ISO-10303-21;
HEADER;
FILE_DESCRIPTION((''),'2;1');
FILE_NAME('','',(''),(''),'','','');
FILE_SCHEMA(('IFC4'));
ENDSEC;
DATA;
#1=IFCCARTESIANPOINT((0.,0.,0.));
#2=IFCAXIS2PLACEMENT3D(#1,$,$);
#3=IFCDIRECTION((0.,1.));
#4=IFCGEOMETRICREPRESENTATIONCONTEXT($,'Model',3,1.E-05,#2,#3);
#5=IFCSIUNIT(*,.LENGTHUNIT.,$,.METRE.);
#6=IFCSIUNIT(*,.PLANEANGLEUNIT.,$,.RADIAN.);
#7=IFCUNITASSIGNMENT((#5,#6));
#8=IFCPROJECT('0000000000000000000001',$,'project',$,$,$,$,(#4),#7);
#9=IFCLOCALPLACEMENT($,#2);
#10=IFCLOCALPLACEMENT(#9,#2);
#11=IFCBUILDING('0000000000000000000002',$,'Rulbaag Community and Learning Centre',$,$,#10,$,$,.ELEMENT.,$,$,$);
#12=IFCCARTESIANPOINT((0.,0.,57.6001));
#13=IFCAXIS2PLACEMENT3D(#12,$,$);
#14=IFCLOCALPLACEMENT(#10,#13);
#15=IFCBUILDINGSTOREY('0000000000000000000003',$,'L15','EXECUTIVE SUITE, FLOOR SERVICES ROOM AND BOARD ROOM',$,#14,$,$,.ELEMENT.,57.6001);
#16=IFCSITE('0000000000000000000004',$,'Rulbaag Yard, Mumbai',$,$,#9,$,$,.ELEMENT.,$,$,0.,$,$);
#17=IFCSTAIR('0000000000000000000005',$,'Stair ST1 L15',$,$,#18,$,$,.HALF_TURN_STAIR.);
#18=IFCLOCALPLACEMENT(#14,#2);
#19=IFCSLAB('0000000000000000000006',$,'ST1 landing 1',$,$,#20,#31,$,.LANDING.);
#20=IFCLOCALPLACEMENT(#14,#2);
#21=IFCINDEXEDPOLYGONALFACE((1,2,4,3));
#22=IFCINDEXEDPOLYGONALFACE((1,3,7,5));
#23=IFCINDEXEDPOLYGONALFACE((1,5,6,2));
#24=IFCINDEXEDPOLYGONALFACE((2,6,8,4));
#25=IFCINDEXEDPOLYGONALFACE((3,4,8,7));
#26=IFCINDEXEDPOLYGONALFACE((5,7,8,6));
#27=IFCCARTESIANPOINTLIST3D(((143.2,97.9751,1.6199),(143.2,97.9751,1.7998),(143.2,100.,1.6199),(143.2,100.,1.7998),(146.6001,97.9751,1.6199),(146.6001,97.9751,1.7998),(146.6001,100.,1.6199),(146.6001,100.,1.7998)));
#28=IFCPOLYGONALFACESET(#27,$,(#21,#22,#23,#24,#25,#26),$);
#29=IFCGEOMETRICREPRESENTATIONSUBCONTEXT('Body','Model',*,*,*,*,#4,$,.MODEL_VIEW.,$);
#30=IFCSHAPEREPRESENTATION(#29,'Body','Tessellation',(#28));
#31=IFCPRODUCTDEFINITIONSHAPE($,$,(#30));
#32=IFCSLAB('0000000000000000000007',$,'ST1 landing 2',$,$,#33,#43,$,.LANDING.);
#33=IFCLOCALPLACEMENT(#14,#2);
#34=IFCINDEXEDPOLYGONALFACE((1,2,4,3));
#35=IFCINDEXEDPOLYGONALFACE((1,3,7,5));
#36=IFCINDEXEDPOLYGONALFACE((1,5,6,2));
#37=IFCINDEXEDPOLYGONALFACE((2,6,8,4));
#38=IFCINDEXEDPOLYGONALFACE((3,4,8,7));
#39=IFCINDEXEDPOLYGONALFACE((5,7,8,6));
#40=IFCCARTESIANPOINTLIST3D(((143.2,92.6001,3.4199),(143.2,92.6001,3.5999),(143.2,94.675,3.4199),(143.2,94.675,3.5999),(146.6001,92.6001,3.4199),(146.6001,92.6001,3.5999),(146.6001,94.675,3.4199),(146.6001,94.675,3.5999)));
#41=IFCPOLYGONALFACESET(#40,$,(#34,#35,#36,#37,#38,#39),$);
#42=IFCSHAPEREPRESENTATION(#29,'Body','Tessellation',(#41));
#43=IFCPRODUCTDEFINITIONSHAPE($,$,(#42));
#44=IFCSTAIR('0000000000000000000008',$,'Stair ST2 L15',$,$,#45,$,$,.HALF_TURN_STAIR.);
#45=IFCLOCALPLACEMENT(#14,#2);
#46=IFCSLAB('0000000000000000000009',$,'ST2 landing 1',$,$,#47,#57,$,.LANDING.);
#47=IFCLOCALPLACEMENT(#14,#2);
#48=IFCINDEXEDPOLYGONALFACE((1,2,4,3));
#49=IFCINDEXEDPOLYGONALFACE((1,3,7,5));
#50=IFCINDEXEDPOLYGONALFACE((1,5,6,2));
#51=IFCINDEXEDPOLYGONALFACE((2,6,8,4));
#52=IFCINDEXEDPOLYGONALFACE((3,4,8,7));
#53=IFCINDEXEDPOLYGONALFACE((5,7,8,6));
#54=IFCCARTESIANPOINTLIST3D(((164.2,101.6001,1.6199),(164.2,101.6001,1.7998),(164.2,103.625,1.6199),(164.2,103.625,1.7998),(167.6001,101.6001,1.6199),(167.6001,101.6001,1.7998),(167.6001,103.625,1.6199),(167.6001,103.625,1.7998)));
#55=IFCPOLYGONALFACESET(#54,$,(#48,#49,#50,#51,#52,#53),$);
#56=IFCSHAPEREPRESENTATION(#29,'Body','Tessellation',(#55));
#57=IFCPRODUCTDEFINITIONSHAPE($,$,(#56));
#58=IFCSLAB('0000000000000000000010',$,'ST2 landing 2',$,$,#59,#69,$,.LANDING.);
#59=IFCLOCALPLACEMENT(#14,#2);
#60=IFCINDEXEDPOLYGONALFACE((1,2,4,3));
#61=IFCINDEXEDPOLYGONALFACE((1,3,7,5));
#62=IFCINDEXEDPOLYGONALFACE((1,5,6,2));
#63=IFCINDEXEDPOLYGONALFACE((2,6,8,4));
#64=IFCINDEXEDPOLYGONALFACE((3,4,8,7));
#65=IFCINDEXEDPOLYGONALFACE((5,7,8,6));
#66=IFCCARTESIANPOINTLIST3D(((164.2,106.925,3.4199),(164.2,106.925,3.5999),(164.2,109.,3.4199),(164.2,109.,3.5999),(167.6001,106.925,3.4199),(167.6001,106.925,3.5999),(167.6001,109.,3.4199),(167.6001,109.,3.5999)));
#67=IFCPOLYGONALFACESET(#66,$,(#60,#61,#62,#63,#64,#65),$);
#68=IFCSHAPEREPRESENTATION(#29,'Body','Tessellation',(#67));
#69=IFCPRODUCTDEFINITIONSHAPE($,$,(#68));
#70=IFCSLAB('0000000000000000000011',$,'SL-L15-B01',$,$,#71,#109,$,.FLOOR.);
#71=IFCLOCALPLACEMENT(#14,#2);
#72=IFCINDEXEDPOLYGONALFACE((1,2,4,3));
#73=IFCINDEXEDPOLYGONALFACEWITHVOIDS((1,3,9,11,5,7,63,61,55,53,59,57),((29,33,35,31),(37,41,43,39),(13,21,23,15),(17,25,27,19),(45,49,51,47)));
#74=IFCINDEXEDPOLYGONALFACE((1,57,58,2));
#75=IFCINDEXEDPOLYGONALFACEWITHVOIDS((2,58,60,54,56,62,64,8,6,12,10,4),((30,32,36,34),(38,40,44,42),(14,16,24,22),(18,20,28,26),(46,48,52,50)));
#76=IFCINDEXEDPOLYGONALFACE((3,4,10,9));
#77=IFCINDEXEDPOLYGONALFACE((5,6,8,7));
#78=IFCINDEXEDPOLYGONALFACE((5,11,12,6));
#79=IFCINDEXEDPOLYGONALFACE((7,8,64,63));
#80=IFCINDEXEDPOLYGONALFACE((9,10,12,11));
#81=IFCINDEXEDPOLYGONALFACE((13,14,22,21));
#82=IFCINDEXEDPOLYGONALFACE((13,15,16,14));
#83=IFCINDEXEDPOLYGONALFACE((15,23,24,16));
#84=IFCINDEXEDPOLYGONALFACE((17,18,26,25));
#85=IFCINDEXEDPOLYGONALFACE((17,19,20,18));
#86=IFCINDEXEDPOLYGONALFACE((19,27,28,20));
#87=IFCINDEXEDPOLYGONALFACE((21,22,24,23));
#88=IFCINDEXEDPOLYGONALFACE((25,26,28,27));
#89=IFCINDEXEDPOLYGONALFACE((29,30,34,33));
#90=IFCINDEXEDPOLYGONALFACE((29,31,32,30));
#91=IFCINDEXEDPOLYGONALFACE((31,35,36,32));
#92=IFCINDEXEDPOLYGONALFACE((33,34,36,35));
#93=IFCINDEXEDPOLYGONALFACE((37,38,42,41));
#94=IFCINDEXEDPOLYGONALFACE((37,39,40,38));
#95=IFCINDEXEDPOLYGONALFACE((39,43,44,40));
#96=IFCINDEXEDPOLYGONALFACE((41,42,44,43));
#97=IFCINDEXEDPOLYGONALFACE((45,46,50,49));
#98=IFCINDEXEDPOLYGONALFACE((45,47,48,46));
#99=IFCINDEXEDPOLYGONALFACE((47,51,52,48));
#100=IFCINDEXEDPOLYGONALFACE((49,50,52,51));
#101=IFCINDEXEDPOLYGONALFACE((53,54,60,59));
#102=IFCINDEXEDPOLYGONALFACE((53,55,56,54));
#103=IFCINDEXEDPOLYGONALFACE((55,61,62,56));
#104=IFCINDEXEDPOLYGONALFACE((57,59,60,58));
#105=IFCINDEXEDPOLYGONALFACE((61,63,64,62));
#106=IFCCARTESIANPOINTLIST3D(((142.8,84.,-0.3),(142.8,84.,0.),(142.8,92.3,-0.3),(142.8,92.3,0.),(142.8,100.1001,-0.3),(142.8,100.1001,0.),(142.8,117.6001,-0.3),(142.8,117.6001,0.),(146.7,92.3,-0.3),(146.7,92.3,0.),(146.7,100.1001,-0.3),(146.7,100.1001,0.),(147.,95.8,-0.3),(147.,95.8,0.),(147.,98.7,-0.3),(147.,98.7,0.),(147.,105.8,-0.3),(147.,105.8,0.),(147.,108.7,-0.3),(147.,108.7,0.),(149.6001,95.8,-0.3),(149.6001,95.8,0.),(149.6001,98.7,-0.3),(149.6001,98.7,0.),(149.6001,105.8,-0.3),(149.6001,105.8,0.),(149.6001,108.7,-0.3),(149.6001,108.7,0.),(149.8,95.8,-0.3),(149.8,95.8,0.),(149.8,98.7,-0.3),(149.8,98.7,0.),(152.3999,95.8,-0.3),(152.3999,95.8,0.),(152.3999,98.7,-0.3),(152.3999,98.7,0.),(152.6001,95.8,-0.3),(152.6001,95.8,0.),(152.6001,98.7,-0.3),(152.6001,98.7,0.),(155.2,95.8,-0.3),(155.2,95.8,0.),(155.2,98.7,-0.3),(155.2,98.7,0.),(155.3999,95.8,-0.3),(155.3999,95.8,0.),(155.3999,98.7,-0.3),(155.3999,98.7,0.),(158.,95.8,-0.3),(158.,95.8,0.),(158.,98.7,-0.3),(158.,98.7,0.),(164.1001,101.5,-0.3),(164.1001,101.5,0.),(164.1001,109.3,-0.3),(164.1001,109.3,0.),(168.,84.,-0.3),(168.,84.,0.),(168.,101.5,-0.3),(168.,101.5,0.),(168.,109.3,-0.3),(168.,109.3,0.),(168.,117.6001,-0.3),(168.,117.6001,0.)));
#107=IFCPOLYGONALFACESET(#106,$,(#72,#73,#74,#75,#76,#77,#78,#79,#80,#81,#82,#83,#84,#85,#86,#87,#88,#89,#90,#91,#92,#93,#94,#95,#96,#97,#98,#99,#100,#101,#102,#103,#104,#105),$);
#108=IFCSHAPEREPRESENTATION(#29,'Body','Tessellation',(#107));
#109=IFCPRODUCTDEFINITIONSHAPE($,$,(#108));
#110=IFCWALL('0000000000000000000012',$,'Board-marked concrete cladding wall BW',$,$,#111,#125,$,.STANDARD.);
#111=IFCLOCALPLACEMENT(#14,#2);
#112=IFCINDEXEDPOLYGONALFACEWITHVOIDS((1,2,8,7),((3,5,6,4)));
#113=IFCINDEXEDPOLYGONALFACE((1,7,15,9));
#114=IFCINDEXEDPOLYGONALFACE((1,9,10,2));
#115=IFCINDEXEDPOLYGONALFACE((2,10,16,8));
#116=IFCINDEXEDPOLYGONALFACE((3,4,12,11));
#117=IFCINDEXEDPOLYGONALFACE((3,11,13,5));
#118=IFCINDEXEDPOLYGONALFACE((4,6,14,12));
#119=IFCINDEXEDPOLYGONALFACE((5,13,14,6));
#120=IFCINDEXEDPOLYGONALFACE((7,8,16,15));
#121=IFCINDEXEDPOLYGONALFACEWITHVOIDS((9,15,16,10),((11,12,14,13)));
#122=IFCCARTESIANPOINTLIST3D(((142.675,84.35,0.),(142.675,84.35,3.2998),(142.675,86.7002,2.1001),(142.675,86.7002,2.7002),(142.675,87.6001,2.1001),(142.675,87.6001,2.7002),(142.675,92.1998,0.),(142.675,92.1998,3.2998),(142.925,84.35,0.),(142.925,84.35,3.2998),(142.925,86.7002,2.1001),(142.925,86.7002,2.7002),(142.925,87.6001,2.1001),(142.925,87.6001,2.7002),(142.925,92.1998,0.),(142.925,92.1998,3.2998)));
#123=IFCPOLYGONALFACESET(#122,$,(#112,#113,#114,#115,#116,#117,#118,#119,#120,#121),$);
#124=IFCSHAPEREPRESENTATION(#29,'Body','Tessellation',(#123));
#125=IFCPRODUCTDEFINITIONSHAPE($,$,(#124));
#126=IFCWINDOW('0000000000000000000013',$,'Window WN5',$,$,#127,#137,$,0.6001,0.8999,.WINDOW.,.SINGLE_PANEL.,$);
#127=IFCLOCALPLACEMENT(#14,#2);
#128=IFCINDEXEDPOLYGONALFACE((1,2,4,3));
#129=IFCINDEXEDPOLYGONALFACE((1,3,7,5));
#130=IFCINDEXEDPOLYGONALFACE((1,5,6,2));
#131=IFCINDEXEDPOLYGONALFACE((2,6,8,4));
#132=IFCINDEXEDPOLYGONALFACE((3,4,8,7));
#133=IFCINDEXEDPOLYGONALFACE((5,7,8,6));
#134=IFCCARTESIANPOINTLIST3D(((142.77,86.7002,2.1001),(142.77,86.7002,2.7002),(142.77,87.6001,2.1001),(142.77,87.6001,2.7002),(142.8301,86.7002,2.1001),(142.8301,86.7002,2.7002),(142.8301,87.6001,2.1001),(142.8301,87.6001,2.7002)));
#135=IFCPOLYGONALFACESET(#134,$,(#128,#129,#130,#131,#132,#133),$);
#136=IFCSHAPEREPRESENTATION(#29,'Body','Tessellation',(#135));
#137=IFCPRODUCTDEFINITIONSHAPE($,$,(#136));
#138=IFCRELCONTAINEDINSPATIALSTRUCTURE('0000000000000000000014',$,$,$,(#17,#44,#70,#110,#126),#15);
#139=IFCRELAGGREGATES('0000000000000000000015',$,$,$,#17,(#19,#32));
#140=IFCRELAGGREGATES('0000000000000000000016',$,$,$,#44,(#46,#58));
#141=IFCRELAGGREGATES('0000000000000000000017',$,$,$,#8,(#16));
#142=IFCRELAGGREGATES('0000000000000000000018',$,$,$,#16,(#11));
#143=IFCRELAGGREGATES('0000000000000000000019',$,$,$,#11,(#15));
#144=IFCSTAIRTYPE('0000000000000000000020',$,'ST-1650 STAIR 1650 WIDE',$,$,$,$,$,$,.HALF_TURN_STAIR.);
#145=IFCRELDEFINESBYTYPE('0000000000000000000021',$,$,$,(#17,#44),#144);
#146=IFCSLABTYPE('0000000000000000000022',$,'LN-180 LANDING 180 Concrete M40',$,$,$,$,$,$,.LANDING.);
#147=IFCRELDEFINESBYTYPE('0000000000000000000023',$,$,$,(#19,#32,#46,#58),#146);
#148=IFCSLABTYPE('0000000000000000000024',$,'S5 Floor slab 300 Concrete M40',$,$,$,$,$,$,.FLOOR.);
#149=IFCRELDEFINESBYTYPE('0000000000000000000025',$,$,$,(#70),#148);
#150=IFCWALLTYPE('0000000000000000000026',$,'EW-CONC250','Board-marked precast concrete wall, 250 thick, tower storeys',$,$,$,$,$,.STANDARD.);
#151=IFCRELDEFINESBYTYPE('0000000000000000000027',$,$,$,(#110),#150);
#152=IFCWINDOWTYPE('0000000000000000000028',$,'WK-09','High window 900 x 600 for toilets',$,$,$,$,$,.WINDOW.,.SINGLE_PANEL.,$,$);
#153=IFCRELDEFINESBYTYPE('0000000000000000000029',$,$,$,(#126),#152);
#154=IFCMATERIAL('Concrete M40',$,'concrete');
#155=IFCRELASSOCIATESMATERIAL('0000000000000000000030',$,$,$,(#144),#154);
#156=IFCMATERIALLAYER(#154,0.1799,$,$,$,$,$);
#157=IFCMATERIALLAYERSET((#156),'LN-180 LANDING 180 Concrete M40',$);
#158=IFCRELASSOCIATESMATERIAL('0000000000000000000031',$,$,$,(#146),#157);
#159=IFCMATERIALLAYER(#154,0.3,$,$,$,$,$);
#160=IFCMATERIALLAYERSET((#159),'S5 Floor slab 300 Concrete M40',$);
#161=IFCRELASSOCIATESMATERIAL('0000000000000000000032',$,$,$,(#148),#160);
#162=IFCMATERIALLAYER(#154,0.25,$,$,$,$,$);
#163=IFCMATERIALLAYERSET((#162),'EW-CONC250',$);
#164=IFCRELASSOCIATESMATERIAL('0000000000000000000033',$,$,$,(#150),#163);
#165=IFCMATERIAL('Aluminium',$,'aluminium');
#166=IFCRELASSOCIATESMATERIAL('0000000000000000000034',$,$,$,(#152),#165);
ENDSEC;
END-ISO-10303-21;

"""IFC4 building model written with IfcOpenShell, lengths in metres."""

from ifc_helpers import new_model, si_unit, direction, frame, frame_2d, origin, place, context, subcontext, project, spatial, polyline, rectangle, outline, extrude, material, layer, layer_set, type_object, element, fill, aggregate, save


model = new_model("IFC4")

# Units and contexts
model_context = context("Model", 3, precision=1e-05, world=origin(), true_north=direction((0.0, 1.0)))
body_context = subcontext(model_context, "Body", "Model", "MODEL_VIEW")
ifc_project = project(units=[si_unit("LENGTHUNIT", "METRE"), si_unit("PLANEANGLEUNIT", "RADIAN")], contexts=[model_context])

# Site, building, storey
site_placement = place(None, origin())
site = spatial("IfcSite", under=ifc_project, at=site_placement, Name="Rulbaag Yard, Mumbai", CompositionType="ELEMENT", RefElevation=0.0)
building_placement = place(site_placement, origin())
building = spatial("IfcBuilding", under=site, at=building_placement, Name="Rulbaag Community and Learning Centre", CompositionType="ELEMENT")
storey_placement = place(building_placement, frame((0.0, 0.0, 57.6001)))
storey = spatial("IfcBuildingStorey", under=building, at=storey_placement, Name="L15", Description="EXECUTIVE SUITE, FLOOR SERVICES ROOM AND BOARD ROOM", CompositionType="ELEMENT", Elevation=57.6001)

# Shared definitions
ifc_material_1 = material(Name="Concrete M40", Category="concrete")

# Shared definitions
ifc_material_2 = material(Name="Aluminium", Category="aluminium")

# Stairs, slabs
stair_type = type_object("IfcStairType", Name="ST-1650 STAIR 1650 WIDE", PredefinedType="HALF_TURN_STAIR", material=ifc_material_1)
stair_1_placement = place(storey_placement, origin())
stair_1 = element("IfcStair", 1, at=stair_1_placement, inside=storey, type_object=stair_type, Name="Stair ST1 L15", PredefinedType="HALF_TURN_STAIR")
ifc_layer_1 = layer(ifc_material_1, 0.1799)
ifc_layer_set_1 = layer_set([ifc_layer_1], Name="LN-180 LANDING 180 Concrete M40")
slab_type_1 = type_object("IfcSlabType", Name="LN-180 LANDING 180 Concrete M40", PredefinedType="LANDING", material=ifc_layer_set_1)
slab_1_placement = place(storey_placement, frame((0.0, 0.0, 1.6199)))
slab_1 = element("IfcSlab", 2, at=slab_1_placement, type_object=slab_type_1, Name="ST1 landing 1", PredefinedType="LANDING", context=body_context, shape_type="SweptSolid", body=[
    extrude(outline(polyline([(143.2, 97.9751), (143.2, 100.0), (146.6001, 100.0), (146.6001, 97.9751), (143.2, 97.9751)])), origin(), (0.0, 0.0, 1.0), 0.1799),
])
slab_2_placement = place(storey_placement, frame((0.0, 0.0, 3.4199)))
slab_2 = element("IfcSlab", 3, at=slab_2_placement, type_object=slab_type_1, Name="ST1 landing 2", PredefinedType="LANDING", context=body_context, shape_type="SweptSolid", body=[
    extrude(outline(polyline([(143.2, 92.6001), (143.2, 94.675), (146.6001, 94.675), (146.6001, 92.6001), (143.2, 92.6001)])), origin(), (0.0, 0.0, 1.0), 0.1799),
])
aggregate(stair_1, [slab_1, slab_2])
stair_2_placement = place(storey_placement, origin())
stair_2 = element("IfcStair", 4, at=stair_2_placement, inside=storey, type_object=stair_type, Name="Stair ST2 L15", PredefinedType="HALF_TURN_STAIR")
slab_3_placement = place(storey_placement, frame((0.0, 0.0, 1.6199)))
slab_3 = element("IfcSlab", 5, at=slab_3_placement, type_object=slab_type_1, Name="ST2 landing 1", PredefinedType="LANDING", context=body_context, shape_type="SweptSolid", body=[
    extrude(outline(polyline([(164.2, 101.6001), (164.2, 103.625), (167.6001, 103.625), (167.6001, 101.6001), (164.2, 101.6001)])), origin(), (0.0, 0.0, 1.0), 0.1799),
])
slab_4_placement = place(storey_placement, frame((0.0, 0.0, 3.4199)))
slab_4 = element("IfcSlab", 6, at=slab_4_placement, type_object=slab_type_1, Name="ST2 landing 2", PredefinedType="LANDING", context=body_context, shape_type="SweptSolid", body=[
    extrude(outline(polyline([(164.2, 106.925), (164.2, 109.0), (167.6001, 109.0), (167.6001, 106.925), (164.2, 106.925)])), origin(), (0.0, 0.0, 1.0), 0.1799),
])
aggregate(stair_2, [slab_3, slab_4])

# Slab
ifc_layer_2 = layer(ifc_material_1, 0.3)
ifc_layer_set_2 = layer_set([ifc_layer_2], Name="S5 Floor slab 300 Concrete M40")
slab_type_2 = type_object("IfcSlabType", Name="S5 Floor slab 300 Concrete M40", PredefinedType="FLOOR", material=ifc_layer_set_2)
slab_5_placement = place(storey_placement, frame((0.0, 0.0, -0.3)))
element("IfcSlab", 7, at=slab_5_placement, inside=storey, type_object=slab_type_2, Name="SL-L15-B01", PredefinedType="FLOOR", context=body_context, shape_type="SweptSolid", body=[
    extrude(outline(polyline([(168.0, 84.0), (142.8, 84.0), (142.8, 92.3), (146.7, 92.3), (146.7, 100.1001), (142.8, 100.1001), (142.8, 117.6001), (168.0, 117.6001), (168.0, 109.3), (164.1001, 109.3), (164.1001, 101.5), (168.0, 101.5), (168.0, 84.0)]), holes=[polyline([(147.0, 98.7), (147.0, 95.8), (149.6001, 95.8), (149.6001, 98.7), (147.0, 98.7)]), polyline([(149.8, 98.7), (149.8, 95.8), (152.3999, 95.8), (152.3999, 98.7), (149.8, 98.7)]), polyline([(152.6001, 98.7), (152.6001, 95.8), (155.2, 95.8), (155.2, 98.7), (152.6001, 98.7)]), polyline([(155.3999, 98.7), (155.3999, 95.8), (158.0, 95.8), (158.0, 98.7), (155.3999, 98.7)]), polyline([(147.0, 108.7), (147.0, 105.8), (149.6001, 105.8), (149.6001, 108.7), (147.0, 108.7)])]), origin(), (0.0, 0.0, 1.0), 0.3),
])

# Wall, opening, window
ifc_layer_3 = layer(ifc_material_1, 0.25)
ifc_layer_set_3 = layer_set([ifc_layer_3], Name="EW-CONC250")
wall_type_1 = type_object("IfcWallType", Name="EW-CONC250", Description="Board-marked precast concrete wall, 250 thick, tower storeys", PredefinedType="STANDARD", material=ifc_layer_set_3)
wall_1_placement = place(storey_placement, frame((142.8, 84.3501, 0.0), z_axis=(0.0, 0.0, 1.0), x_axis=(0.0, 1.0, 0.0)))
wall_1 = element("IfcWall", 8, at=wall_1_placement, inside=storey, type_object=wall_type_1, Name="Board-marked concrete cladding wall BW", PredefinedType="STANDARD", context=body_context, shape_type="SweptSolid", body=[
    extrude(rectangle(XDim=7.8499, YDim=0.25, at=frame_2d((3.9248, 0.0))), origin(), (0.0, 0.0, 1.0), 3.2998),
])
opening_1_placement = place(wall_1_placement, frame((2.3501, 0.0, 2.1001)))
opening_1 = element("IfcOpeningElement", 9, at=opening_1_placement, cuts=wall_1, PredefinedType="OPENING", context=body_context, shape_type="SweptSolid", body=[
    extrude(rectangle(XDim=0.8999, YDim=0.6001, at=frame_2d((0.45, 0.3))), frame((0.0, 0.135, 0.0), z_axis=(0.0, -1.0, 0.0), x_axis=(1.0, 0.0, 0.0)), (0.0, 0.0, 1.0), 0.27),
])
window_type = type_object("IfcWindowType", Name="WK-09", Description="High window 900 x 600 for toilets", PartitioningType="SINGLE_PANEL", PredefinedType="WINDOW", material=ifc_material_2)
window_placement = place(opening_1_placement, origin())
window = element("IfcWindow", 10, at=window_placement, inside=storey, type_object=window_type, Name="Window WN5", OverallHeight=0.6001, OverallWidth=0.8999, PartitioningType="SINGLE_PANEL", PredefinedType="WINDOW", context=body_context, shape_type="SweptSolid", body=[
    extrude(rectangle(XDim=0.8999, YDim=0.6001, at=frame_2d((0.45, 0.3))), frame((0.0, 0.03, 0.0), z_axis=(0.0, -1.0, 0.0), x_axis=(1.0, 0.0, 0.0)), (0.0, 0.0, 1.0), 0.0601),
])
fill(opening_1, window)

save(model, "model.ifc")
